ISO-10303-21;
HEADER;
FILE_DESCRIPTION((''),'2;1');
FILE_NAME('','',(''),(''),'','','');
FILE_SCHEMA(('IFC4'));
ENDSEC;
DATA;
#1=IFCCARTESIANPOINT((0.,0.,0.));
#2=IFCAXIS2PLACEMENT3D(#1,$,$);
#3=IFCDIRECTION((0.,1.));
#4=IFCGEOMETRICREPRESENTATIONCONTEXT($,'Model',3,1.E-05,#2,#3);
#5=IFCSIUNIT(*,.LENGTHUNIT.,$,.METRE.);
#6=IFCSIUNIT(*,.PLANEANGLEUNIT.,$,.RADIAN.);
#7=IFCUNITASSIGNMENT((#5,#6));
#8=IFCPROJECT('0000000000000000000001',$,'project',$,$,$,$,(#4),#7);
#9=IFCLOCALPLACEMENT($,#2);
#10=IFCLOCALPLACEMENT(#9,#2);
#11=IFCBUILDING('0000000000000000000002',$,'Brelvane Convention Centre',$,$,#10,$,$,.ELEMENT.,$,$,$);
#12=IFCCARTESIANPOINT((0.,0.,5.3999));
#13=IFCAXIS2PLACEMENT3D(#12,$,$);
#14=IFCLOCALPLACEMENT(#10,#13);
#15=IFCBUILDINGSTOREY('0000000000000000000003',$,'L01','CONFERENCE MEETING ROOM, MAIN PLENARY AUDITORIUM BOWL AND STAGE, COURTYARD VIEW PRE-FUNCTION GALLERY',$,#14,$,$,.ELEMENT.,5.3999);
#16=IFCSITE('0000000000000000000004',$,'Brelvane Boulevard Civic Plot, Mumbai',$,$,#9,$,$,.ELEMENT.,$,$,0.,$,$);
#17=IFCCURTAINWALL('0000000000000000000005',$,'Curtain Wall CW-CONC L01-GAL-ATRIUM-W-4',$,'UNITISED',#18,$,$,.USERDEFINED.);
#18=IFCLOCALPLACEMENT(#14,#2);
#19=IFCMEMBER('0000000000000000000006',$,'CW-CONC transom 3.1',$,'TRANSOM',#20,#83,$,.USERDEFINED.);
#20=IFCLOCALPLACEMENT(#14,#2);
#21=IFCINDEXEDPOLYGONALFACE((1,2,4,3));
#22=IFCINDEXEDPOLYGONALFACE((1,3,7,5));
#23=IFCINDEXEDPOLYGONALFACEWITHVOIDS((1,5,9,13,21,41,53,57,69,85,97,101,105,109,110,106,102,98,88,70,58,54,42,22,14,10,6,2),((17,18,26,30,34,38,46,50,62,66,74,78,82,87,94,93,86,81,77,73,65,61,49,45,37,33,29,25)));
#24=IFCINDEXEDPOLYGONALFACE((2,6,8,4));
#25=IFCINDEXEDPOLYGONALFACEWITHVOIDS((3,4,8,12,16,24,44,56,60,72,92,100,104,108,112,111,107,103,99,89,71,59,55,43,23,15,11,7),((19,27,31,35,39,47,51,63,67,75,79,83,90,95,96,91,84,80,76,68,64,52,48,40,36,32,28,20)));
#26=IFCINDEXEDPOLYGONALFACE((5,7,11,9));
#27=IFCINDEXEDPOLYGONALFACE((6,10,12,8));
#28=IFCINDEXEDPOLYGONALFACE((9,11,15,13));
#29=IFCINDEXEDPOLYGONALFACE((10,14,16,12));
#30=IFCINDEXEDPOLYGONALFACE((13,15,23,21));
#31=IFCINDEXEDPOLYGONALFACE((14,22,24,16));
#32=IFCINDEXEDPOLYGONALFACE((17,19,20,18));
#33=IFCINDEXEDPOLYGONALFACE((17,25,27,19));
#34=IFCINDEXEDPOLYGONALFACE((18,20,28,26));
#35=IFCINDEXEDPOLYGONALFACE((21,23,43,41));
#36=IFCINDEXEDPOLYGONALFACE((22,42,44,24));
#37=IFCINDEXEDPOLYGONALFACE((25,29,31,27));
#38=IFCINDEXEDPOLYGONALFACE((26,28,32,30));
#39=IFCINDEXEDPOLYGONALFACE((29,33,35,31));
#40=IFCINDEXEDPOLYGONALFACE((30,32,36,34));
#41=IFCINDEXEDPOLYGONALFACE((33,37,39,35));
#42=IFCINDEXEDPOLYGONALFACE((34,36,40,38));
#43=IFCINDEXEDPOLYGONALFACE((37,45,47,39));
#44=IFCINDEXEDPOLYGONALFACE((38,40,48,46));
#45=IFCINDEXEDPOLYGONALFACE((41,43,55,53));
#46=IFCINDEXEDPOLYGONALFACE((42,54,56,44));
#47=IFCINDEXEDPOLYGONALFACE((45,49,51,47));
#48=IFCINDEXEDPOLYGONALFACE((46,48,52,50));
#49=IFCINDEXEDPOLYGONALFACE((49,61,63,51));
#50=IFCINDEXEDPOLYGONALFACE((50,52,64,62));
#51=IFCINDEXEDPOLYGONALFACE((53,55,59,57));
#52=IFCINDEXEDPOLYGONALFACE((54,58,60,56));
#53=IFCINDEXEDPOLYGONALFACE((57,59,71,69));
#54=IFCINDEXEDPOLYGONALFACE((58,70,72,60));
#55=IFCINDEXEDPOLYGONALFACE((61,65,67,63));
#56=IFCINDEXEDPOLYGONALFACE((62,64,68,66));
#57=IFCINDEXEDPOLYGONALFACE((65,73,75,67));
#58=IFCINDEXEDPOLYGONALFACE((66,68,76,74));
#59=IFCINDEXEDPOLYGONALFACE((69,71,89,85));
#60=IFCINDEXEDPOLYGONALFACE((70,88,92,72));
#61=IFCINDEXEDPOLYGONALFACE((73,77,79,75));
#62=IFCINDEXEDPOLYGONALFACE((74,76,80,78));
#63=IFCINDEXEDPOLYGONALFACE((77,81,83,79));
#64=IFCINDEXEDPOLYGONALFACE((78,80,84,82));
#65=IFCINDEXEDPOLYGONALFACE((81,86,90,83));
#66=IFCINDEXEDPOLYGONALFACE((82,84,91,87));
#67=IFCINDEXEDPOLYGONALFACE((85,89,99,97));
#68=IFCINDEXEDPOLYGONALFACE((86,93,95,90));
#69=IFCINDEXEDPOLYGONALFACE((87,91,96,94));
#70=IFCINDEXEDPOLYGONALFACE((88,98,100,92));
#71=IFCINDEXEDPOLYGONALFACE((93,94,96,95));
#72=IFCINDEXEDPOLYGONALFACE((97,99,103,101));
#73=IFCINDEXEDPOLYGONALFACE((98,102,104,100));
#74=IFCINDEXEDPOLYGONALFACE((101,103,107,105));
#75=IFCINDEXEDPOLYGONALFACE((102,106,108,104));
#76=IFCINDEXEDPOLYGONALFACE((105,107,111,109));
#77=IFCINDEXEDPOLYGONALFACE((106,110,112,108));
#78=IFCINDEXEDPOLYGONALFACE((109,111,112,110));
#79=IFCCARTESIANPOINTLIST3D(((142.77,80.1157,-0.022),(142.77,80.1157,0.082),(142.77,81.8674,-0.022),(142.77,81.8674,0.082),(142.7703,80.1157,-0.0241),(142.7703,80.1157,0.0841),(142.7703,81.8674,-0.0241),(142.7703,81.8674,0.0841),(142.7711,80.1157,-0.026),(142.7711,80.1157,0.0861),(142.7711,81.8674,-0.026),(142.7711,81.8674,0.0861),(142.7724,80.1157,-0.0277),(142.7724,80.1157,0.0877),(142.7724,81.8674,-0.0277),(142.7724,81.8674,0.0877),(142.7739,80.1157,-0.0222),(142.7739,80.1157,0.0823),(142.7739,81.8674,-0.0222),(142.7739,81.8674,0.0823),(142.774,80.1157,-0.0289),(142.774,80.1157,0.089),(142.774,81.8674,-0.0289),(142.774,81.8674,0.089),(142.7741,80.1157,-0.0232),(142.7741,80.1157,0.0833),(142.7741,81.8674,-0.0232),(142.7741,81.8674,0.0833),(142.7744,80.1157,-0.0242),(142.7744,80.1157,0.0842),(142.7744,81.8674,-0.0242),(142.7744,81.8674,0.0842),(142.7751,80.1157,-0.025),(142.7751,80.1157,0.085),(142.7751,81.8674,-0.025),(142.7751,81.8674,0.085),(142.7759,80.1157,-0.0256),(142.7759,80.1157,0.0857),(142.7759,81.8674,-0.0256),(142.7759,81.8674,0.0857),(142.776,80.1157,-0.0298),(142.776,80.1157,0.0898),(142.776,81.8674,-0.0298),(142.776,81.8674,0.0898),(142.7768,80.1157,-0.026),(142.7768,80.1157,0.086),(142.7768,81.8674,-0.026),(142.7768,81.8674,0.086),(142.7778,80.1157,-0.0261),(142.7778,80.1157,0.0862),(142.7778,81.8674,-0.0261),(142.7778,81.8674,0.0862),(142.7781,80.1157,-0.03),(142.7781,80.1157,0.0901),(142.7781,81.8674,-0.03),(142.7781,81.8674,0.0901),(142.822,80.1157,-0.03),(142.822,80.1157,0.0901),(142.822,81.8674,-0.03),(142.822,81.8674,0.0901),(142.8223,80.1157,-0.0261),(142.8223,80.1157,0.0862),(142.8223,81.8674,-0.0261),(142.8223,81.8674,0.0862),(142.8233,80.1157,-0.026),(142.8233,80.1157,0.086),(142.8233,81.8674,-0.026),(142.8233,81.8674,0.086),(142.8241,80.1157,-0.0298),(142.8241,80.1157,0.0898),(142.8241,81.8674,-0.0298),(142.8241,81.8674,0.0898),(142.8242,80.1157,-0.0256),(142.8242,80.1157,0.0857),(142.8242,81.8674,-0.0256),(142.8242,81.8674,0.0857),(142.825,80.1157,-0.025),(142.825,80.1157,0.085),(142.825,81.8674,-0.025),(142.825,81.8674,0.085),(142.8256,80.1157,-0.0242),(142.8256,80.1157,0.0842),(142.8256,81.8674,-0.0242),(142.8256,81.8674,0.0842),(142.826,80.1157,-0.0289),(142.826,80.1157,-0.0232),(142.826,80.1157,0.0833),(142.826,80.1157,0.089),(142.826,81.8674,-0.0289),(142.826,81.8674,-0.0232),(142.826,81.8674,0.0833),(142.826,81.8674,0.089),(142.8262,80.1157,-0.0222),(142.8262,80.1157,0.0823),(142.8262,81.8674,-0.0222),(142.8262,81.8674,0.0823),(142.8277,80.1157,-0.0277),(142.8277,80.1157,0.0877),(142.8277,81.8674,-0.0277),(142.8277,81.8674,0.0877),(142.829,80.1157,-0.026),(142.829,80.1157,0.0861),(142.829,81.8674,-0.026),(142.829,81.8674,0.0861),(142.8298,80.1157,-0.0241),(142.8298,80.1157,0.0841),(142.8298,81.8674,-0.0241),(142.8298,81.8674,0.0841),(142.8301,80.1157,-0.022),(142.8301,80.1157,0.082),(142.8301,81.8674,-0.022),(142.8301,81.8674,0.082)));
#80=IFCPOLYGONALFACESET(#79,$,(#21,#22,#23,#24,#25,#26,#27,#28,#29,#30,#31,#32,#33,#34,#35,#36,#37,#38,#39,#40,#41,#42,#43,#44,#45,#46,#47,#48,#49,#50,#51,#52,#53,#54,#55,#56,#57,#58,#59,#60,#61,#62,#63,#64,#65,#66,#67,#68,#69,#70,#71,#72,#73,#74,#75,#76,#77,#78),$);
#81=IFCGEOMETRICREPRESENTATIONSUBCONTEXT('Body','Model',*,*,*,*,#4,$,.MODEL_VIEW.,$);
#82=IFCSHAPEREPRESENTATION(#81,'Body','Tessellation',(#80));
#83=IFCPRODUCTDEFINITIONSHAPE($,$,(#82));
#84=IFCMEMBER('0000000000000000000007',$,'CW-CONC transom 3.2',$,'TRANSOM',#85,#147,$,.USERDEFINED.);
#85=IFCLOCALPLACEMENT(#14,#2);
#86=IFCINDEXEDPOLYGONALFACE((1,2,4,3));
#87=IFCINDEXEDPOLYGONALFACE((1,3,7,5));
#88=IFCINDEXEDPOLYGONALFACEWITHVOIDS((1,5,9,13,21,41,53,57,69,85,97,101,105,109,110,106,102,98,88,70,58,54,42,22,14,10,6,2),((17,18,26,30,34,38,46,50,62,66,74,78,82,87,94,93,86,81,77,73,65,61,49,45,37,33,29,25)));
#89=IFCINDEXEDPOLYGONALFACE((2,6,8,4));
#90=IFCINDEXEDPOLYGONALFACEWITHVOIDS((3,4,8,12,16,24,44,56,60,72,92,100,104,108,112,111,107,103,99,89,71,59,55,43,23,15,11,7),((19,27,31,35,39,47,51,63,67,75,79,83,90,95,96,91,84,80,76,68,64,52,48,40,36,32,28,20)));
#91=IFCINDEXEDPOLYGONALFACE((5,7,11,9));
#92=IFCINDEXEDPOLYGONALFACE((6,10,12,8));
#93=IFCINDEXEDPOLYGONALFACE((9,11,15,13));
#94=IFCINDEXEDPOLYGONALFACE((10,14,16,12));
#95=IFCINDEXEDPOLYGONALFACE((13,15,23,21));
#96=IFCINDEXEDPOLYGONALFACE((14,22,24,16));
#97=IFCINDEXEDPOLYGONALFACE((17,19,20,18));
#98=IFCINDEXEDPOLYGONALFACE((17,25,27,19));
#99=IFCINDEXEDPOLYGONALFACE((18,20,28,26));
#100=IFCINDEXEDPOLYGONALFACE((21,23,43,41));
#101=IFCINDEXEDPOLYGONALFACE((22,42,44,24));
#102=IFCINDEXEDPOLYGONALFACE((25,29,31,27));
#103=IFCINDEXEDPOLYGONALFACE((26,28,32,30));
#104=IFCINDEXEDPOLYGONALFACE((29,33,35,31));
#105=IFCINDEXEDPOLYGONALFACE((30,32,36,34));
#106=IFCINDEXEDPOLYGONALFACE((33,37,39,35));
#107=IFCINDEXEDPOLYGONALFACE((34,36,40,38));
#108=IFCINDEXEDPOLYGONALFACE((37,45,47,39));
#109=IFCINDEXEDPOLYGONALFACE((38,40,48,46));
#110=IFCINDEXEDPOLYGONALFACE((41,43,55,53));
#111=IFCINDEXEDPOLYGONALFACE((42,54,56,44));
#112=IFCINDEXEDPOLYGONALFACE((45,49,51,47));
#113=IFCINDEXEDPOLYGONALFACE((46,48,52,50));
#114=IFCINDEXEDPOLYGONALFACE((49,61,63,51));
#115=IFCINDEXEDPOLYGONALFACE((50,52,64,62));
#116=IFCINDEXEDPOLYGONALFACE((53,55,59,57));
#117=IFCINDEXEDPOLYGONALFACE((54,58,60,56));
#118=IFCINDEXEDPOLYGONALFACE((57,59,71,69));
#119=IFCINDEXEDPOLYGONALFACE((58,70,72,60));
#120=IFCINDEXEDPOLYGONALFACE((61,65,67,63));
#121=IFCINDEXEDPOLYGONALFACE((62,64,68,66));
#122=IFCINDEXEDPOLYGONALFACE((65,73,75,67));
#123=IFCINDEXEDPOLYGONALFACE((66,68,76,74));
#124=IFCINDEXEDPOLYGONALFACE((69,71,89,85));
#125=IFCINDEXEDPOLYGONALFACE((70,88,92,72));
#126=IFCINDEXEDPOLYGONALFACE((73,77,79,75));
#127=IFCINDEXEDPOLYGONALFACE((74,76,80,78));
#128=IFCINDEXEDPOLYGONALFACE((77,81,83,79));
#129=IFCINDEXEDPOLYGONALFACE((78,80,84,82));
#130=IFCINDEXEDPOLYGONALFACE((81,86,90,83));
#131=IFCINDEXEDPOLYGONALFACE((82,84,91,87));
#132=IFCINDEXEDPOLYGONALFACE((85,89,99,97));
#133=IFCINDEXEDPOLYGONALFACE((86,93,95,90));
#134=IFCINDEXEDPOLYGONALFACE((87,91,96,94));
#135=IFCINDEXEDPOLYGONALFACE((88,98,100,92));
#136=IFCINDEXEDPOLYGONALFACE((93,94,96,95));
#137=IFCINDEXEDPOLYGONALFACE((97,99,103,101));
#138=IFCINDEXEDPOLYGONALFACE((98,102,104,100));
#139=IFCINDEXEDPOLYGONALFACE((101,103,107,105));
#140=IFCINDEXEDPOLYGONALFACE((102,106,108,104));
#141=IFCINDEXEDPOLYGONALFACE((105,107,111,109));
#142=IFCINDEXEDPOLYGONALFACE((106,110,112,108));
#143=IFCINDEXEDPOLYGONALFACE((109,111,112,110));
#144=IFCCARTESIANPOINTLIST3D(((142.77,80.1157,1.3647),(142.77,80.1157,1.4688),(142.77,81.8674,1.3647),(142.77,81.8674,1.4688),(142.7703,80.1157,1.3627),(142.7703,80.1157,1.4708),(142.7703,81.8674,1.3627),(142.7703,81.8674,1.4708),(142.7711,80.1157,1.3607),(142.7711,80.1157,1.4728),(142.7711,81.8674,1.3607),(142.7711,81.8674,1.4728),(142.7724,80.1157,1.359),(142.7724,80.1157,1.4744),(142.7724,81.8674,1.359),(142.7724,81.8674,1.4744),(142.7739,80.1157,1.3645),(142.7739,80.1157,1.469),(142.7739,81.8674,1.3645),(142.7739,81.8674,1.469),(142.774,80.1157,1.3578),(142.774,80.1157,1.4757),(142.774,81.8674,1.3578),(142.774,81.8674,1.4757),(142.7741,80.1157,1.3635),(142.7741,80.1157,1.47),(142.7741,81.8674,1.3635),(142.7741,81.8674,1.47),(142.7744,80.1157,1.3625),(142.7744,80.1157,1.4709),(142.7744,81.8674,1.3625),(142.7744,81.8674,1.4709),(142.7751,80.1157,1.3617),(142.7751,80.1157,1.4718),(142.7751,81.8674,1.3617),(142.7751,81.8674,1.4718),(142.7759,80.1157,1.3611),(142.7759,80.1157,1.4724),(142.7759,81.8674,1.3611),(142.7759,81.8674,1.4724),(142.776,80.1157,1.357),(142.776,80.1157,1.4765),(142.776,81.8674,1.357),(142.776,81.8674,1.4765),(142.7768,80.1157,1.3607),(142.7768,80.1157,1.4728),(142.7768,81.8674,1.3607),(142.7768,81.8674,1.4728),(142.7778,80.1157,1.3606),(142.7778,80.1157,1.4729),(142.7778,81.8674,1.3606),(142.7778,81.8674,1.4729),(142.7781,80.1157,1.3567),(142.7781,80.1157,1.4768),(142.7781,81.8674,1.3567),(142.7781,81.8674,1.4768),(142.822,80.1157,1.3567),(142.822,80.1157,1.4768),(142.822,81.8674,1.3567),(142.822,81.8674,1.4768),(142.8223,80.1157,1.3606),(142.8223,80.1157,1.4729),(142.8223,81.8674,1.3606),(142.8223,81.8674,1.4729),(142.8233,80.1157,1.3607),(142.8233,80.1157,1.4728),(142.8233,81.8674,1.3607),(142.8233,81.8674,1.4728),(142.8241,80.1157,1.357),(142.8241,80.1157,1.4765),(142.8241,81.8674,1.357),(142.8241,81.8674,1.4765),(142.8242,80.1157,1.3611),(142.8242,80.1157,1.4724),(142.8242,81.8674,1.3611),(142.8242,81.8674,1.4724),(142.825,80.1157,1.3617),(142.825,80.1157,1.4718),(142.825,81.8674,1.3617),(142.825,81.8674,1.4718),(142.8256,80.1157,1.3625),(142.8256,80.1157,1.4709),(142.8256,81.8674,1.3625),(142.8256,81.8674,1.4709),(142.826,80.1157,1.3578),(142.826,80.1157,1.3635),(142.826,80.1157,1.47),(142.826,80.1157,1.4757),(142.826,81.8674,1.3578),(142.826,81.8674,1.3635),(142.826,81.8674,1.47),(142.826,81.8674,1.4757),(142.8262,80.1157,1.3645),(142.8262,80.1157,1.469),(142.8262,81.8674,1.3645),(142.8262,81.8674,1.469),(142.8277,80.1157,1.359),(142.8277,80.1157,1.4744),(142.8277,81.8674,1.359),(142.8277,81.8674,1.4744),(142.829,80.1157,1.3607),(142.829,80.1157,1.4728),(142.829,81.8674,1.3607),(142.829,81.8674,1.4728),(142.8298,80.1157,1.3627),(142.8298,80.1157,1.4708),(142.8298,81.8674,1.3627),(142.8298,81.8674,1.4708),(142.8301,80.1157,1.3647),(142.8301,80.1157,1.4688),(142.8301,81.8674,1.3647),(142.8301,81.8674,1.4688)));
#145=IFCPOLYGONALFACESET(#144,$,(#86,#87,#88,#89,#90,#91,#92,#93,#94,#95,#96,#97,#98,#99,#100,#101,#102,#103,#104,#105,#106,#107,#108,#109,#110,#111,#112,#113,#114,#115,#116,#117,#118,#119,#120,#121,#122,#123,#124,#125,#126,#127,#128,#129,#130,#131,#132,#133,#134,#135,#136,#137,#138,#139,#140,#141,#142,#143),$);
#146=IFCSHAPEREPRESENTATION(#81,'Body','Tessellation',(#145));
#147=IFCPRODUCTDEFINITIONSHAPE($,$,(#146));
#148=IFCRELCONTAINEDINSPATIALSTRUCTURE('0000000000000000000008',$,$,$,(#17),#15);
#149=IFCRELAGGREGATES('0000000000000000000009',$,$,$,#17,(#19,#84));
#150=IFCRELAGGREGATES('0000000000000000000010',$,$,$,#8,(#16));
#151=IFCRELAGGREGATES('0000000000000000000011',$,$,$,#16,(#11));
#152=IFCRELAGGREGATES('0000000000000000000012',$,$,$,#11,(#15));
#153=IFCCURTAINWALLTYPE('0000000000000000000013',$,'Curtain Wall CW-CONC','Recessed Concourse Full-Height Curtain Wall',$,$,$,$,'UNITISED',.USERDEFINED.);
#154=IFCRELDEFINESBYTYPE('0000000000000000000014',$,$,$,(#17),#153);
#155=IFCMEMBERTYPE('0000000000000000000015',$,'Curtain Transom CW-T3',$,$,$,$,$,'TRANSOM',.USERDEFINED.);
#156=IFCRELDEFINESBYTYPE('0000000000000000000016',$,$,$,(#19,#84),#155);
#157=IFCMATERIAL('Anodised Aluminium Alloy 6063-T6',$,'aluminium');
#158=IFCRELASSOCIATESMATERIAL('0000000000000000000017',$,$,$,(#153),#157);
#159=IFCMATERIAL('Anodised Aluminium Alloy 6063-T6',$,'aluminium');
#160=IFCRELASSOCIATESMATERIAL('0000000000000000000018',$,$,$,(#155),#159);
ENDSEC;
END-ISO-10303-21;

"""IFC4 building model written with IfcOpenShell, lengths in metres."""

from ifc_helpers import new_model, si_unit, direction, frame, origin, origin_2d, place, context, subcontext, project, spatial, hollow_rectangle, extrude, material, material_profile, profile_set, type_object, element, aggregate, save


model = new_model("IFC4")

# Units and contexts
model_context = context("Model", 3, precision=1e-05, world=origin(), true_north=direction((0.0, 1.0)))
body_context = subcontext(model_context, "Body", "Model", "MODEL_VIEW")
ifc_project = project(units=[si_unit("LENGTHUNIT", "METRE"), si_unit("PLANEANGLEUNIT", "RADIAN")], contexts=[model_context])

# Site, building, storey
site_placement = place(None, origin())
site = spatial("IfcSite", under=ifc_project, at=site_placement, Name="Brelvane Boulevard Civic Plot, Mumbai", CompositionType="ELEMENT", RefElevation=0.0)
building_placement = place(site_placement, origin())
building = spatial("IfcBuilding", under=site, at=building_placement, Name="Brelvane Convention Centre", CompositionType="ELEMENT")
storey_placement = place(building_placement, frame((0.0, 0.0, 5.3999)))
storey = spatial("IfcBuildingStorey", under=building, at=storey_placement, Name="L01", Description="CONFERENCE MEETING ROOM, MAIN PLENARY AUDITORIUM BOWL AND STAGE, COURTYARD VIEW PRE-FUNCTION GALLERY", CompositionType="ELEMENT", Elevation=5.3999)

# Curtain wall, members
ifc_material_1 = material(Name="Anodised Aluminium Alloy 6063-T6", Category="aluminium")
curtain_wall_type = type_object("IfcCurtainWallType", Name="Curtain Wall CW-CONC", Description="Recessed Concourse Full-Height Curtain Wall", ElementType="UNITISED", PredefinedType="USERDEFINED", material=ifc_material_1)
curtain_wall_placement = place(storey_placement, origin())
curtain_wall = element("IfcCurtainWall", 1, at=curtain_wall_placement, inside=storey, type_object=curtain_wall_type, Name="Curtain Wall CW-CONC L01-GAL-ATRIUM-W-4", ObjectType="UNITISED", PredefinedType="USERDEFINED")
ifc_material_2 = material(Name="Anodised Aluminium Alloy 6063-T6", Category="aluminium")
ifc_material_profile_1 = material_profile(ifc_material_2, hollow_rectangle(XDim=0.0601, YDim=0.1201, WallThickness=0.0039, InnerFilletRadius=0.0039, OuterFilletRadius=0.0081, at=origin_2d()), Name="ALU-T 120x60x4.0")
ifc_profile_set_1 = profile_set([ifc_material_profile_1], Name="Anodised Aluminium Alloy 6063-T6")
member_type_1 = type_object("IfcMemberType", Name="Curtain Transom CW-T3", ElementType="TRANSOM", PredefinedType="USERDEFINED", material=ifc_profile_set_1)
member_1_placement = place(storey_placement, frame((142.8, 80.1157, 0.03), z_axis=(0.0, 1.0, 0.0), x_axis=(-1.0, 0.0, 0.0)))
member_1 = element("IfcMember", 2, at=member_1_placement, type_object=member_type_1, Name="CW-CONC transom 3.1", ObjectType="TRANSOM", PredefinedType="USERDEFINED", context=body_context, shape_type="SweptSolid", body=[
    extrude(hollow_rectangle(XDim=0.0601, YDim=0.1201, WallThickness=0.0039, InnerFilletRadius=0.0039, OuterFilletRadius=0.0081, at=origin_2d()), origin(), (0.0, 0.0, 1.0), 1.7517),
])
member_2_placement = place(storey_placement, frame((142.8, 80.1157, 1.4167), z_axis=(0.0, 1.0, 0.0), x_axis=(-1.0, 0.0, 0.0)))
member_2 = element("IfcMember", 3, at=member_2_placement, type_object=member_type_1, Name="CW-CONC transom 3.2", ObjectType="TRANSOM", PredefinedType="USERDEFINED", context=body_context, shape_type="SweptSolid", body=[
    extrude(hollow_rectangle(XDim=0.0601, YDim=0.1201, WallThickness=0.0039, InnerFilletRadius=0.0039, OuterFilletRadius=0.0081, at=origin_2d()), origin(), (0.0, 0.0, 1.0), 1.7517),
])
aggregate(curtain_wall, [member_1, member_2])

save(model, "model.ifc")
